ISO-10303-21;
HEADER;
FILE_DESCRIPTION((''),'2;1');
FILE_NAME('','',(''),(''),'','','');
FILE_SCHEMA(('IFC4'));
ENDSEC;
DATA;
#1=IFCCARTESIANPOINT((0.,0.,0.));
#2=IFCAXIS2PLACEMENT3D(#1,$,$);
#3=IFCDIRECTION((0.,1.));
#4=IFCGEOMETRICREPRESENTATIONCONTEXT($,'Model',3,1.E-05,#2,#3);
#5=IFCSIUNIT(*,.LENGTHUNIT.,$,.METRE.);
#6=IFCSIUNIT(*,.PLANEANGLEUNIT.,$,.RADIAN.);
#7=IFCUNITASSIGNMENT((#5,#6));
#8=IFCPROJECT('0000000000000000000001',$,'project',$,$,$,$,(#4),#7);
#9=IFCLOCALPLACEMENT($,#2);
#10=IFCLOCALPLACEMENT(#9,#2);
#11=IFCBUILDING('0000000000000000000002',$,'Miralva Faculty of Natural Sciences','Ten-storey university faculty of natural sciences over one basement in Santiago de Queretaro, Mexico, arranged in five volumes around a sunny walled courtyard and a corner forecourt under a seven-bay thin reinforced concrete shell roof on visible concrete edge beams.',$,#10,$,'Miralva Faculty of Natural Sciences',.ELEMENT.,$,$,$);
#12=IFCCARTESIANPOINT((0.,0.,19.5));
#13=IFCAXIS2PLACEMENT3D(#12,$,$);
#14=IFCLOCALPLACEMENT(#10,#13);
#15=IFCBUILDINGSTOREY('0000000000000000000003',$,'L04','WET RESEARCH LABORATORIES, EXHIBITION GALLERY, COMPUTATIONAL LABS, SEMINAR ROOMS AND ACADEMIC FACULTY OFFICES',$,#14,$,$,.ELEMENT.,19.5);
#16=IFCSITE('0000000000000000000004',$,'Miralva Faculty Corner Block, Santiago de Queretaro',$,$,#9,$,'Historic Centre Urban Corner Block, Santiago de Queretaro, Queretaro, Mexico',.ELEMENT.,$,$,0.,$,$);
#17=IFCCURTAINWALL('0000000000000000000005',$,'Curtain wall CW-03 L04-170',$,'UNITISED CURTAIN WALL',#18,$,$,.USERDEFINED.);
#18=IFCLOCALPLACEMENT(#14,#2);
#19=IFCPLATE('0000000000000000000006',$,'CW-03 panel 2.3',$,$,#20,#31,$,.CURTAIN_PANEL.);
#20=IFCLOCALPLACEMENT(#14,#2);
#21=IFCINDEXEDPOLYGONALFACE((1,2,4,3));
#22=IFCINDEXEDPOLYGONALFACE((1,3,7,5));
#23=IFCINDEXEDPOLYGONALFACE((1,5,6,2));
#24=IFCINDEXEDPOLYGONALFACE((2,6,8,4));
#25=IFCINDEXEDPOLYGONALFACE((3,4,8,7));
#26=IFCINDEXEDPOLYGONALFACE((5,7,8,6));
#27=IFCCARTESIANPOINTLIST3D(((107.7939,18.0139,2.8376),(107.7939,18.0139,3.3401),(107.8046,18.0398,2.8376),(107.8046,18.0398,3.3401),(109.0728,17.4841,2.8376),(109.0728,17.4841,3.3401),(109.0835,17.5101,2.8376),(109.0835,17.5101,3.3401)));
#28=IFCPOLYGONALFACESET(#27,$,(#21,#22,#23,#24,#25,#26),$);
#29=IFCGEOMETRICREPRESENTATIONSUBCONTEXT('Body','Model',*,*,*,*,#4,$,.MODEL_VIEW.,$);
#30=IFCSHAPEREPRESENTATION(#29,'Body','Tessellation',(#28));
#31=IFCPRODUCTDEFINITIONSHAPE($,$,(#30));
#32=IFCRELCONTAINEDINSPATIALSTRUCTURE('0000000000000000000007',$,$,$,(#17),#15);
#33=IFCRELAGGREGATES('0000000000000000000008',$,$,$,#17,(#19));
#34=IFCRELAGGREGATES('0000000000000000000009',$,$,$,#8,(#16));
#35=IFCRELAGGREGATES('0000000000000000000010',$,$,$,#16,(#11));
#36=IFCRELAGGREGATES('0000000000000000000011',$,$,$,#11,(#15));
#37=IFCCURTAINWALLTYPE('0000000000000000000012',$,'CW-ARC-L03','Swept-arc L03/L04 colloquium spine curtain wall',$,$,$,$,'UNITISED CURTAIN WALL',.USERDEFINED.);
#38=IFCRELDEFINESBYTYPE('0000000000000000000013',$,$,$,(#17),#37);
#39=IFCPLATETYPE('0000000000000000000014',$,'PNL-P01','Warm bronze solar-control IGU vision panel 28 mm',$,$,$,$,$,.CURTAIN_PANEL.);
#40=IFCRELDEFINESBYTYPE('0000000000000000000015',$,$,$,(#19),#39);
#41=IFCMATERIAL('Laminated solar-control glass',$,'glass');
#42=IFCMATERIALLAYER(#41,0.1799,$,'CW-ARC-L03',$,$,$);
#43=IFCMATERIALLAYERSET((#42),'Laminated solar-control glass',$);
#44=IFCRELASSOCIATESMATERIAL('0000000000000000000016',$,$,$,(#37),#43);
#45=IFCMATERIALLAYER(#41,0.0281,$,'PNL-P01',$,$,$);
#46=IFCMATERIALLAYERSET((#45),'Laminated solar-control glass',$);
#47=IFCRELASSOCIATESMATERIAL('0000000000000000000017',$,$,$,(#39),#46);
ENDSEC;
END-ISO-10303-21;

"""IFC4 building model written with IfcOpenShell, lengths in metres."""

from ifc_helpers import new_model, si_unit, direction, frame, origin, origin_2d, place, context, subcontext, project, spatial, rectangle, extrude, material, layer, layer_set, type_object, element, aggregate, save


model = new_model("IFC4")

# Units and contexts
model_context = context("Model", 3, precision=1e-05, world=origin(), true_north=direction((0.0, 1.0)))
body_context = subcontext(model_context, "Body", "Model", "MODEL_VIEW")
ifc_project = project(units=[si_unit("LENGTHUNIT", "METRE"), si_unit("PLANEANGLEUNIT", "RADIAN")], contexts=[model_context])

# Site, building, storey
site_placement = place(None, origin())
site = spatial("IfcSite", under=ifc_project, at=site_placement, Name="Miralva Faculty Corner Block, Santiago de Queretaro", LongName="Historic Centre Urban Corner Block, Santiago de Queretaro, Queretaro, Mexico", CompositionType="ELEMENT", RefElevation=0.0)
building_placement = place(site_placement, origin())
building = spatial("IfcBuilding", under=site, at=building_placement, Name="Miralva Faculty of Natural Sciences", Description="Ten-storey university faculty of natural sciences over one basement in Santiago de Queretaro, Mexico, arranged in five volumes around a sunny walled courtyard and a corner forecourt under a seven-bay thin reinforced concrete shell roof on visible concrete edge beams.", LongName="Miralva Faculty of Natural Sciences", CompositionType="ELEMENT")
storey_placement = place(building_placement, frame((0.0, 0.0, 19.5)))
storey = spatial("IfcBuildingStorey", under=building, at=storey_placement, Name="L04", Description="WET RESEARCH LABORATORIES, EXHIBITION GALLERY, COMPUTATIONAL LABS, SEMINAR ROOMS AND ACADEMIC FACULTY OFFICES", CompositionType="ELEMENT", Elevation=19.5)

# Curtain wall
ifc_material_1 = material(Name="Laminated solar-control glass", Category="glass")
ifc_layer_1 = layer(ifc_material_1, 0.1799, Name="CW-ARC-L03")
ifc_layer_set_1 = layer_set([ifc_layer_1], Name="Laminated solar-control glass")
curtain_wall_type = type_object("IfcCurtainWallType", Name="CW-ARC-L03", Description="Swept-arc L03/L04 colloquium spine curtain wall", ElementType="UNITISED CURTAIN WALL", PredefinedType="USERDEFINED", material=ifc_layer_set_1)
curtain_wall_1_placement = place(storey_placement, origin())
curtain_wall_1 = element("IfcCurtainWall", 1, at=curtain_wall_1_placement, inside=storey, type_object=curtain_wall_type, Name="Curtain wall CW-03 L04-170", ObjectType="UNITISED CURTAIN WALL", PredefinedType="USERDEFINED")

# Plate
ifc_layer_2 = layer(ifc_material_1, 0.0281, Name="PNL-P01")
ifc_layer_set_2 = layer_set([ifc_layer_2], Name="Laminated solar-control glass")
plate_type = type_object("IfcPlateType", Name="PNL-P01", Description="Warm bronze solar-control IGU vision panel 28 mm", PredefinedType="CURTAIN_PANEL", material=ifc_layer_set_2)
plate_1_placement = place(storey_placement, frame((108.4387, 17.762, 2.8376), z_axis=(0.0, 0.0, 1.0), x_axis=(0.923875, -0.382695, 0.0)))
plate_1 = element("IfcPlate", 2, at=plate_1_placement, type_object=plate_type, Name="CW-03 panel 2.3", PredefinedType="CURTAIN_PANEL", context=body_context, shape_type="SweptSolid", body=[
    extrude(rectangle(XDim=1.3843, YDim=0.0281, at=origin_2d()), origin(), (0.0, 0.0, 1.0), 0.5024),
])
aggregate(curtain_wall_1, [plate_1])

save(model, "model.ifc")
